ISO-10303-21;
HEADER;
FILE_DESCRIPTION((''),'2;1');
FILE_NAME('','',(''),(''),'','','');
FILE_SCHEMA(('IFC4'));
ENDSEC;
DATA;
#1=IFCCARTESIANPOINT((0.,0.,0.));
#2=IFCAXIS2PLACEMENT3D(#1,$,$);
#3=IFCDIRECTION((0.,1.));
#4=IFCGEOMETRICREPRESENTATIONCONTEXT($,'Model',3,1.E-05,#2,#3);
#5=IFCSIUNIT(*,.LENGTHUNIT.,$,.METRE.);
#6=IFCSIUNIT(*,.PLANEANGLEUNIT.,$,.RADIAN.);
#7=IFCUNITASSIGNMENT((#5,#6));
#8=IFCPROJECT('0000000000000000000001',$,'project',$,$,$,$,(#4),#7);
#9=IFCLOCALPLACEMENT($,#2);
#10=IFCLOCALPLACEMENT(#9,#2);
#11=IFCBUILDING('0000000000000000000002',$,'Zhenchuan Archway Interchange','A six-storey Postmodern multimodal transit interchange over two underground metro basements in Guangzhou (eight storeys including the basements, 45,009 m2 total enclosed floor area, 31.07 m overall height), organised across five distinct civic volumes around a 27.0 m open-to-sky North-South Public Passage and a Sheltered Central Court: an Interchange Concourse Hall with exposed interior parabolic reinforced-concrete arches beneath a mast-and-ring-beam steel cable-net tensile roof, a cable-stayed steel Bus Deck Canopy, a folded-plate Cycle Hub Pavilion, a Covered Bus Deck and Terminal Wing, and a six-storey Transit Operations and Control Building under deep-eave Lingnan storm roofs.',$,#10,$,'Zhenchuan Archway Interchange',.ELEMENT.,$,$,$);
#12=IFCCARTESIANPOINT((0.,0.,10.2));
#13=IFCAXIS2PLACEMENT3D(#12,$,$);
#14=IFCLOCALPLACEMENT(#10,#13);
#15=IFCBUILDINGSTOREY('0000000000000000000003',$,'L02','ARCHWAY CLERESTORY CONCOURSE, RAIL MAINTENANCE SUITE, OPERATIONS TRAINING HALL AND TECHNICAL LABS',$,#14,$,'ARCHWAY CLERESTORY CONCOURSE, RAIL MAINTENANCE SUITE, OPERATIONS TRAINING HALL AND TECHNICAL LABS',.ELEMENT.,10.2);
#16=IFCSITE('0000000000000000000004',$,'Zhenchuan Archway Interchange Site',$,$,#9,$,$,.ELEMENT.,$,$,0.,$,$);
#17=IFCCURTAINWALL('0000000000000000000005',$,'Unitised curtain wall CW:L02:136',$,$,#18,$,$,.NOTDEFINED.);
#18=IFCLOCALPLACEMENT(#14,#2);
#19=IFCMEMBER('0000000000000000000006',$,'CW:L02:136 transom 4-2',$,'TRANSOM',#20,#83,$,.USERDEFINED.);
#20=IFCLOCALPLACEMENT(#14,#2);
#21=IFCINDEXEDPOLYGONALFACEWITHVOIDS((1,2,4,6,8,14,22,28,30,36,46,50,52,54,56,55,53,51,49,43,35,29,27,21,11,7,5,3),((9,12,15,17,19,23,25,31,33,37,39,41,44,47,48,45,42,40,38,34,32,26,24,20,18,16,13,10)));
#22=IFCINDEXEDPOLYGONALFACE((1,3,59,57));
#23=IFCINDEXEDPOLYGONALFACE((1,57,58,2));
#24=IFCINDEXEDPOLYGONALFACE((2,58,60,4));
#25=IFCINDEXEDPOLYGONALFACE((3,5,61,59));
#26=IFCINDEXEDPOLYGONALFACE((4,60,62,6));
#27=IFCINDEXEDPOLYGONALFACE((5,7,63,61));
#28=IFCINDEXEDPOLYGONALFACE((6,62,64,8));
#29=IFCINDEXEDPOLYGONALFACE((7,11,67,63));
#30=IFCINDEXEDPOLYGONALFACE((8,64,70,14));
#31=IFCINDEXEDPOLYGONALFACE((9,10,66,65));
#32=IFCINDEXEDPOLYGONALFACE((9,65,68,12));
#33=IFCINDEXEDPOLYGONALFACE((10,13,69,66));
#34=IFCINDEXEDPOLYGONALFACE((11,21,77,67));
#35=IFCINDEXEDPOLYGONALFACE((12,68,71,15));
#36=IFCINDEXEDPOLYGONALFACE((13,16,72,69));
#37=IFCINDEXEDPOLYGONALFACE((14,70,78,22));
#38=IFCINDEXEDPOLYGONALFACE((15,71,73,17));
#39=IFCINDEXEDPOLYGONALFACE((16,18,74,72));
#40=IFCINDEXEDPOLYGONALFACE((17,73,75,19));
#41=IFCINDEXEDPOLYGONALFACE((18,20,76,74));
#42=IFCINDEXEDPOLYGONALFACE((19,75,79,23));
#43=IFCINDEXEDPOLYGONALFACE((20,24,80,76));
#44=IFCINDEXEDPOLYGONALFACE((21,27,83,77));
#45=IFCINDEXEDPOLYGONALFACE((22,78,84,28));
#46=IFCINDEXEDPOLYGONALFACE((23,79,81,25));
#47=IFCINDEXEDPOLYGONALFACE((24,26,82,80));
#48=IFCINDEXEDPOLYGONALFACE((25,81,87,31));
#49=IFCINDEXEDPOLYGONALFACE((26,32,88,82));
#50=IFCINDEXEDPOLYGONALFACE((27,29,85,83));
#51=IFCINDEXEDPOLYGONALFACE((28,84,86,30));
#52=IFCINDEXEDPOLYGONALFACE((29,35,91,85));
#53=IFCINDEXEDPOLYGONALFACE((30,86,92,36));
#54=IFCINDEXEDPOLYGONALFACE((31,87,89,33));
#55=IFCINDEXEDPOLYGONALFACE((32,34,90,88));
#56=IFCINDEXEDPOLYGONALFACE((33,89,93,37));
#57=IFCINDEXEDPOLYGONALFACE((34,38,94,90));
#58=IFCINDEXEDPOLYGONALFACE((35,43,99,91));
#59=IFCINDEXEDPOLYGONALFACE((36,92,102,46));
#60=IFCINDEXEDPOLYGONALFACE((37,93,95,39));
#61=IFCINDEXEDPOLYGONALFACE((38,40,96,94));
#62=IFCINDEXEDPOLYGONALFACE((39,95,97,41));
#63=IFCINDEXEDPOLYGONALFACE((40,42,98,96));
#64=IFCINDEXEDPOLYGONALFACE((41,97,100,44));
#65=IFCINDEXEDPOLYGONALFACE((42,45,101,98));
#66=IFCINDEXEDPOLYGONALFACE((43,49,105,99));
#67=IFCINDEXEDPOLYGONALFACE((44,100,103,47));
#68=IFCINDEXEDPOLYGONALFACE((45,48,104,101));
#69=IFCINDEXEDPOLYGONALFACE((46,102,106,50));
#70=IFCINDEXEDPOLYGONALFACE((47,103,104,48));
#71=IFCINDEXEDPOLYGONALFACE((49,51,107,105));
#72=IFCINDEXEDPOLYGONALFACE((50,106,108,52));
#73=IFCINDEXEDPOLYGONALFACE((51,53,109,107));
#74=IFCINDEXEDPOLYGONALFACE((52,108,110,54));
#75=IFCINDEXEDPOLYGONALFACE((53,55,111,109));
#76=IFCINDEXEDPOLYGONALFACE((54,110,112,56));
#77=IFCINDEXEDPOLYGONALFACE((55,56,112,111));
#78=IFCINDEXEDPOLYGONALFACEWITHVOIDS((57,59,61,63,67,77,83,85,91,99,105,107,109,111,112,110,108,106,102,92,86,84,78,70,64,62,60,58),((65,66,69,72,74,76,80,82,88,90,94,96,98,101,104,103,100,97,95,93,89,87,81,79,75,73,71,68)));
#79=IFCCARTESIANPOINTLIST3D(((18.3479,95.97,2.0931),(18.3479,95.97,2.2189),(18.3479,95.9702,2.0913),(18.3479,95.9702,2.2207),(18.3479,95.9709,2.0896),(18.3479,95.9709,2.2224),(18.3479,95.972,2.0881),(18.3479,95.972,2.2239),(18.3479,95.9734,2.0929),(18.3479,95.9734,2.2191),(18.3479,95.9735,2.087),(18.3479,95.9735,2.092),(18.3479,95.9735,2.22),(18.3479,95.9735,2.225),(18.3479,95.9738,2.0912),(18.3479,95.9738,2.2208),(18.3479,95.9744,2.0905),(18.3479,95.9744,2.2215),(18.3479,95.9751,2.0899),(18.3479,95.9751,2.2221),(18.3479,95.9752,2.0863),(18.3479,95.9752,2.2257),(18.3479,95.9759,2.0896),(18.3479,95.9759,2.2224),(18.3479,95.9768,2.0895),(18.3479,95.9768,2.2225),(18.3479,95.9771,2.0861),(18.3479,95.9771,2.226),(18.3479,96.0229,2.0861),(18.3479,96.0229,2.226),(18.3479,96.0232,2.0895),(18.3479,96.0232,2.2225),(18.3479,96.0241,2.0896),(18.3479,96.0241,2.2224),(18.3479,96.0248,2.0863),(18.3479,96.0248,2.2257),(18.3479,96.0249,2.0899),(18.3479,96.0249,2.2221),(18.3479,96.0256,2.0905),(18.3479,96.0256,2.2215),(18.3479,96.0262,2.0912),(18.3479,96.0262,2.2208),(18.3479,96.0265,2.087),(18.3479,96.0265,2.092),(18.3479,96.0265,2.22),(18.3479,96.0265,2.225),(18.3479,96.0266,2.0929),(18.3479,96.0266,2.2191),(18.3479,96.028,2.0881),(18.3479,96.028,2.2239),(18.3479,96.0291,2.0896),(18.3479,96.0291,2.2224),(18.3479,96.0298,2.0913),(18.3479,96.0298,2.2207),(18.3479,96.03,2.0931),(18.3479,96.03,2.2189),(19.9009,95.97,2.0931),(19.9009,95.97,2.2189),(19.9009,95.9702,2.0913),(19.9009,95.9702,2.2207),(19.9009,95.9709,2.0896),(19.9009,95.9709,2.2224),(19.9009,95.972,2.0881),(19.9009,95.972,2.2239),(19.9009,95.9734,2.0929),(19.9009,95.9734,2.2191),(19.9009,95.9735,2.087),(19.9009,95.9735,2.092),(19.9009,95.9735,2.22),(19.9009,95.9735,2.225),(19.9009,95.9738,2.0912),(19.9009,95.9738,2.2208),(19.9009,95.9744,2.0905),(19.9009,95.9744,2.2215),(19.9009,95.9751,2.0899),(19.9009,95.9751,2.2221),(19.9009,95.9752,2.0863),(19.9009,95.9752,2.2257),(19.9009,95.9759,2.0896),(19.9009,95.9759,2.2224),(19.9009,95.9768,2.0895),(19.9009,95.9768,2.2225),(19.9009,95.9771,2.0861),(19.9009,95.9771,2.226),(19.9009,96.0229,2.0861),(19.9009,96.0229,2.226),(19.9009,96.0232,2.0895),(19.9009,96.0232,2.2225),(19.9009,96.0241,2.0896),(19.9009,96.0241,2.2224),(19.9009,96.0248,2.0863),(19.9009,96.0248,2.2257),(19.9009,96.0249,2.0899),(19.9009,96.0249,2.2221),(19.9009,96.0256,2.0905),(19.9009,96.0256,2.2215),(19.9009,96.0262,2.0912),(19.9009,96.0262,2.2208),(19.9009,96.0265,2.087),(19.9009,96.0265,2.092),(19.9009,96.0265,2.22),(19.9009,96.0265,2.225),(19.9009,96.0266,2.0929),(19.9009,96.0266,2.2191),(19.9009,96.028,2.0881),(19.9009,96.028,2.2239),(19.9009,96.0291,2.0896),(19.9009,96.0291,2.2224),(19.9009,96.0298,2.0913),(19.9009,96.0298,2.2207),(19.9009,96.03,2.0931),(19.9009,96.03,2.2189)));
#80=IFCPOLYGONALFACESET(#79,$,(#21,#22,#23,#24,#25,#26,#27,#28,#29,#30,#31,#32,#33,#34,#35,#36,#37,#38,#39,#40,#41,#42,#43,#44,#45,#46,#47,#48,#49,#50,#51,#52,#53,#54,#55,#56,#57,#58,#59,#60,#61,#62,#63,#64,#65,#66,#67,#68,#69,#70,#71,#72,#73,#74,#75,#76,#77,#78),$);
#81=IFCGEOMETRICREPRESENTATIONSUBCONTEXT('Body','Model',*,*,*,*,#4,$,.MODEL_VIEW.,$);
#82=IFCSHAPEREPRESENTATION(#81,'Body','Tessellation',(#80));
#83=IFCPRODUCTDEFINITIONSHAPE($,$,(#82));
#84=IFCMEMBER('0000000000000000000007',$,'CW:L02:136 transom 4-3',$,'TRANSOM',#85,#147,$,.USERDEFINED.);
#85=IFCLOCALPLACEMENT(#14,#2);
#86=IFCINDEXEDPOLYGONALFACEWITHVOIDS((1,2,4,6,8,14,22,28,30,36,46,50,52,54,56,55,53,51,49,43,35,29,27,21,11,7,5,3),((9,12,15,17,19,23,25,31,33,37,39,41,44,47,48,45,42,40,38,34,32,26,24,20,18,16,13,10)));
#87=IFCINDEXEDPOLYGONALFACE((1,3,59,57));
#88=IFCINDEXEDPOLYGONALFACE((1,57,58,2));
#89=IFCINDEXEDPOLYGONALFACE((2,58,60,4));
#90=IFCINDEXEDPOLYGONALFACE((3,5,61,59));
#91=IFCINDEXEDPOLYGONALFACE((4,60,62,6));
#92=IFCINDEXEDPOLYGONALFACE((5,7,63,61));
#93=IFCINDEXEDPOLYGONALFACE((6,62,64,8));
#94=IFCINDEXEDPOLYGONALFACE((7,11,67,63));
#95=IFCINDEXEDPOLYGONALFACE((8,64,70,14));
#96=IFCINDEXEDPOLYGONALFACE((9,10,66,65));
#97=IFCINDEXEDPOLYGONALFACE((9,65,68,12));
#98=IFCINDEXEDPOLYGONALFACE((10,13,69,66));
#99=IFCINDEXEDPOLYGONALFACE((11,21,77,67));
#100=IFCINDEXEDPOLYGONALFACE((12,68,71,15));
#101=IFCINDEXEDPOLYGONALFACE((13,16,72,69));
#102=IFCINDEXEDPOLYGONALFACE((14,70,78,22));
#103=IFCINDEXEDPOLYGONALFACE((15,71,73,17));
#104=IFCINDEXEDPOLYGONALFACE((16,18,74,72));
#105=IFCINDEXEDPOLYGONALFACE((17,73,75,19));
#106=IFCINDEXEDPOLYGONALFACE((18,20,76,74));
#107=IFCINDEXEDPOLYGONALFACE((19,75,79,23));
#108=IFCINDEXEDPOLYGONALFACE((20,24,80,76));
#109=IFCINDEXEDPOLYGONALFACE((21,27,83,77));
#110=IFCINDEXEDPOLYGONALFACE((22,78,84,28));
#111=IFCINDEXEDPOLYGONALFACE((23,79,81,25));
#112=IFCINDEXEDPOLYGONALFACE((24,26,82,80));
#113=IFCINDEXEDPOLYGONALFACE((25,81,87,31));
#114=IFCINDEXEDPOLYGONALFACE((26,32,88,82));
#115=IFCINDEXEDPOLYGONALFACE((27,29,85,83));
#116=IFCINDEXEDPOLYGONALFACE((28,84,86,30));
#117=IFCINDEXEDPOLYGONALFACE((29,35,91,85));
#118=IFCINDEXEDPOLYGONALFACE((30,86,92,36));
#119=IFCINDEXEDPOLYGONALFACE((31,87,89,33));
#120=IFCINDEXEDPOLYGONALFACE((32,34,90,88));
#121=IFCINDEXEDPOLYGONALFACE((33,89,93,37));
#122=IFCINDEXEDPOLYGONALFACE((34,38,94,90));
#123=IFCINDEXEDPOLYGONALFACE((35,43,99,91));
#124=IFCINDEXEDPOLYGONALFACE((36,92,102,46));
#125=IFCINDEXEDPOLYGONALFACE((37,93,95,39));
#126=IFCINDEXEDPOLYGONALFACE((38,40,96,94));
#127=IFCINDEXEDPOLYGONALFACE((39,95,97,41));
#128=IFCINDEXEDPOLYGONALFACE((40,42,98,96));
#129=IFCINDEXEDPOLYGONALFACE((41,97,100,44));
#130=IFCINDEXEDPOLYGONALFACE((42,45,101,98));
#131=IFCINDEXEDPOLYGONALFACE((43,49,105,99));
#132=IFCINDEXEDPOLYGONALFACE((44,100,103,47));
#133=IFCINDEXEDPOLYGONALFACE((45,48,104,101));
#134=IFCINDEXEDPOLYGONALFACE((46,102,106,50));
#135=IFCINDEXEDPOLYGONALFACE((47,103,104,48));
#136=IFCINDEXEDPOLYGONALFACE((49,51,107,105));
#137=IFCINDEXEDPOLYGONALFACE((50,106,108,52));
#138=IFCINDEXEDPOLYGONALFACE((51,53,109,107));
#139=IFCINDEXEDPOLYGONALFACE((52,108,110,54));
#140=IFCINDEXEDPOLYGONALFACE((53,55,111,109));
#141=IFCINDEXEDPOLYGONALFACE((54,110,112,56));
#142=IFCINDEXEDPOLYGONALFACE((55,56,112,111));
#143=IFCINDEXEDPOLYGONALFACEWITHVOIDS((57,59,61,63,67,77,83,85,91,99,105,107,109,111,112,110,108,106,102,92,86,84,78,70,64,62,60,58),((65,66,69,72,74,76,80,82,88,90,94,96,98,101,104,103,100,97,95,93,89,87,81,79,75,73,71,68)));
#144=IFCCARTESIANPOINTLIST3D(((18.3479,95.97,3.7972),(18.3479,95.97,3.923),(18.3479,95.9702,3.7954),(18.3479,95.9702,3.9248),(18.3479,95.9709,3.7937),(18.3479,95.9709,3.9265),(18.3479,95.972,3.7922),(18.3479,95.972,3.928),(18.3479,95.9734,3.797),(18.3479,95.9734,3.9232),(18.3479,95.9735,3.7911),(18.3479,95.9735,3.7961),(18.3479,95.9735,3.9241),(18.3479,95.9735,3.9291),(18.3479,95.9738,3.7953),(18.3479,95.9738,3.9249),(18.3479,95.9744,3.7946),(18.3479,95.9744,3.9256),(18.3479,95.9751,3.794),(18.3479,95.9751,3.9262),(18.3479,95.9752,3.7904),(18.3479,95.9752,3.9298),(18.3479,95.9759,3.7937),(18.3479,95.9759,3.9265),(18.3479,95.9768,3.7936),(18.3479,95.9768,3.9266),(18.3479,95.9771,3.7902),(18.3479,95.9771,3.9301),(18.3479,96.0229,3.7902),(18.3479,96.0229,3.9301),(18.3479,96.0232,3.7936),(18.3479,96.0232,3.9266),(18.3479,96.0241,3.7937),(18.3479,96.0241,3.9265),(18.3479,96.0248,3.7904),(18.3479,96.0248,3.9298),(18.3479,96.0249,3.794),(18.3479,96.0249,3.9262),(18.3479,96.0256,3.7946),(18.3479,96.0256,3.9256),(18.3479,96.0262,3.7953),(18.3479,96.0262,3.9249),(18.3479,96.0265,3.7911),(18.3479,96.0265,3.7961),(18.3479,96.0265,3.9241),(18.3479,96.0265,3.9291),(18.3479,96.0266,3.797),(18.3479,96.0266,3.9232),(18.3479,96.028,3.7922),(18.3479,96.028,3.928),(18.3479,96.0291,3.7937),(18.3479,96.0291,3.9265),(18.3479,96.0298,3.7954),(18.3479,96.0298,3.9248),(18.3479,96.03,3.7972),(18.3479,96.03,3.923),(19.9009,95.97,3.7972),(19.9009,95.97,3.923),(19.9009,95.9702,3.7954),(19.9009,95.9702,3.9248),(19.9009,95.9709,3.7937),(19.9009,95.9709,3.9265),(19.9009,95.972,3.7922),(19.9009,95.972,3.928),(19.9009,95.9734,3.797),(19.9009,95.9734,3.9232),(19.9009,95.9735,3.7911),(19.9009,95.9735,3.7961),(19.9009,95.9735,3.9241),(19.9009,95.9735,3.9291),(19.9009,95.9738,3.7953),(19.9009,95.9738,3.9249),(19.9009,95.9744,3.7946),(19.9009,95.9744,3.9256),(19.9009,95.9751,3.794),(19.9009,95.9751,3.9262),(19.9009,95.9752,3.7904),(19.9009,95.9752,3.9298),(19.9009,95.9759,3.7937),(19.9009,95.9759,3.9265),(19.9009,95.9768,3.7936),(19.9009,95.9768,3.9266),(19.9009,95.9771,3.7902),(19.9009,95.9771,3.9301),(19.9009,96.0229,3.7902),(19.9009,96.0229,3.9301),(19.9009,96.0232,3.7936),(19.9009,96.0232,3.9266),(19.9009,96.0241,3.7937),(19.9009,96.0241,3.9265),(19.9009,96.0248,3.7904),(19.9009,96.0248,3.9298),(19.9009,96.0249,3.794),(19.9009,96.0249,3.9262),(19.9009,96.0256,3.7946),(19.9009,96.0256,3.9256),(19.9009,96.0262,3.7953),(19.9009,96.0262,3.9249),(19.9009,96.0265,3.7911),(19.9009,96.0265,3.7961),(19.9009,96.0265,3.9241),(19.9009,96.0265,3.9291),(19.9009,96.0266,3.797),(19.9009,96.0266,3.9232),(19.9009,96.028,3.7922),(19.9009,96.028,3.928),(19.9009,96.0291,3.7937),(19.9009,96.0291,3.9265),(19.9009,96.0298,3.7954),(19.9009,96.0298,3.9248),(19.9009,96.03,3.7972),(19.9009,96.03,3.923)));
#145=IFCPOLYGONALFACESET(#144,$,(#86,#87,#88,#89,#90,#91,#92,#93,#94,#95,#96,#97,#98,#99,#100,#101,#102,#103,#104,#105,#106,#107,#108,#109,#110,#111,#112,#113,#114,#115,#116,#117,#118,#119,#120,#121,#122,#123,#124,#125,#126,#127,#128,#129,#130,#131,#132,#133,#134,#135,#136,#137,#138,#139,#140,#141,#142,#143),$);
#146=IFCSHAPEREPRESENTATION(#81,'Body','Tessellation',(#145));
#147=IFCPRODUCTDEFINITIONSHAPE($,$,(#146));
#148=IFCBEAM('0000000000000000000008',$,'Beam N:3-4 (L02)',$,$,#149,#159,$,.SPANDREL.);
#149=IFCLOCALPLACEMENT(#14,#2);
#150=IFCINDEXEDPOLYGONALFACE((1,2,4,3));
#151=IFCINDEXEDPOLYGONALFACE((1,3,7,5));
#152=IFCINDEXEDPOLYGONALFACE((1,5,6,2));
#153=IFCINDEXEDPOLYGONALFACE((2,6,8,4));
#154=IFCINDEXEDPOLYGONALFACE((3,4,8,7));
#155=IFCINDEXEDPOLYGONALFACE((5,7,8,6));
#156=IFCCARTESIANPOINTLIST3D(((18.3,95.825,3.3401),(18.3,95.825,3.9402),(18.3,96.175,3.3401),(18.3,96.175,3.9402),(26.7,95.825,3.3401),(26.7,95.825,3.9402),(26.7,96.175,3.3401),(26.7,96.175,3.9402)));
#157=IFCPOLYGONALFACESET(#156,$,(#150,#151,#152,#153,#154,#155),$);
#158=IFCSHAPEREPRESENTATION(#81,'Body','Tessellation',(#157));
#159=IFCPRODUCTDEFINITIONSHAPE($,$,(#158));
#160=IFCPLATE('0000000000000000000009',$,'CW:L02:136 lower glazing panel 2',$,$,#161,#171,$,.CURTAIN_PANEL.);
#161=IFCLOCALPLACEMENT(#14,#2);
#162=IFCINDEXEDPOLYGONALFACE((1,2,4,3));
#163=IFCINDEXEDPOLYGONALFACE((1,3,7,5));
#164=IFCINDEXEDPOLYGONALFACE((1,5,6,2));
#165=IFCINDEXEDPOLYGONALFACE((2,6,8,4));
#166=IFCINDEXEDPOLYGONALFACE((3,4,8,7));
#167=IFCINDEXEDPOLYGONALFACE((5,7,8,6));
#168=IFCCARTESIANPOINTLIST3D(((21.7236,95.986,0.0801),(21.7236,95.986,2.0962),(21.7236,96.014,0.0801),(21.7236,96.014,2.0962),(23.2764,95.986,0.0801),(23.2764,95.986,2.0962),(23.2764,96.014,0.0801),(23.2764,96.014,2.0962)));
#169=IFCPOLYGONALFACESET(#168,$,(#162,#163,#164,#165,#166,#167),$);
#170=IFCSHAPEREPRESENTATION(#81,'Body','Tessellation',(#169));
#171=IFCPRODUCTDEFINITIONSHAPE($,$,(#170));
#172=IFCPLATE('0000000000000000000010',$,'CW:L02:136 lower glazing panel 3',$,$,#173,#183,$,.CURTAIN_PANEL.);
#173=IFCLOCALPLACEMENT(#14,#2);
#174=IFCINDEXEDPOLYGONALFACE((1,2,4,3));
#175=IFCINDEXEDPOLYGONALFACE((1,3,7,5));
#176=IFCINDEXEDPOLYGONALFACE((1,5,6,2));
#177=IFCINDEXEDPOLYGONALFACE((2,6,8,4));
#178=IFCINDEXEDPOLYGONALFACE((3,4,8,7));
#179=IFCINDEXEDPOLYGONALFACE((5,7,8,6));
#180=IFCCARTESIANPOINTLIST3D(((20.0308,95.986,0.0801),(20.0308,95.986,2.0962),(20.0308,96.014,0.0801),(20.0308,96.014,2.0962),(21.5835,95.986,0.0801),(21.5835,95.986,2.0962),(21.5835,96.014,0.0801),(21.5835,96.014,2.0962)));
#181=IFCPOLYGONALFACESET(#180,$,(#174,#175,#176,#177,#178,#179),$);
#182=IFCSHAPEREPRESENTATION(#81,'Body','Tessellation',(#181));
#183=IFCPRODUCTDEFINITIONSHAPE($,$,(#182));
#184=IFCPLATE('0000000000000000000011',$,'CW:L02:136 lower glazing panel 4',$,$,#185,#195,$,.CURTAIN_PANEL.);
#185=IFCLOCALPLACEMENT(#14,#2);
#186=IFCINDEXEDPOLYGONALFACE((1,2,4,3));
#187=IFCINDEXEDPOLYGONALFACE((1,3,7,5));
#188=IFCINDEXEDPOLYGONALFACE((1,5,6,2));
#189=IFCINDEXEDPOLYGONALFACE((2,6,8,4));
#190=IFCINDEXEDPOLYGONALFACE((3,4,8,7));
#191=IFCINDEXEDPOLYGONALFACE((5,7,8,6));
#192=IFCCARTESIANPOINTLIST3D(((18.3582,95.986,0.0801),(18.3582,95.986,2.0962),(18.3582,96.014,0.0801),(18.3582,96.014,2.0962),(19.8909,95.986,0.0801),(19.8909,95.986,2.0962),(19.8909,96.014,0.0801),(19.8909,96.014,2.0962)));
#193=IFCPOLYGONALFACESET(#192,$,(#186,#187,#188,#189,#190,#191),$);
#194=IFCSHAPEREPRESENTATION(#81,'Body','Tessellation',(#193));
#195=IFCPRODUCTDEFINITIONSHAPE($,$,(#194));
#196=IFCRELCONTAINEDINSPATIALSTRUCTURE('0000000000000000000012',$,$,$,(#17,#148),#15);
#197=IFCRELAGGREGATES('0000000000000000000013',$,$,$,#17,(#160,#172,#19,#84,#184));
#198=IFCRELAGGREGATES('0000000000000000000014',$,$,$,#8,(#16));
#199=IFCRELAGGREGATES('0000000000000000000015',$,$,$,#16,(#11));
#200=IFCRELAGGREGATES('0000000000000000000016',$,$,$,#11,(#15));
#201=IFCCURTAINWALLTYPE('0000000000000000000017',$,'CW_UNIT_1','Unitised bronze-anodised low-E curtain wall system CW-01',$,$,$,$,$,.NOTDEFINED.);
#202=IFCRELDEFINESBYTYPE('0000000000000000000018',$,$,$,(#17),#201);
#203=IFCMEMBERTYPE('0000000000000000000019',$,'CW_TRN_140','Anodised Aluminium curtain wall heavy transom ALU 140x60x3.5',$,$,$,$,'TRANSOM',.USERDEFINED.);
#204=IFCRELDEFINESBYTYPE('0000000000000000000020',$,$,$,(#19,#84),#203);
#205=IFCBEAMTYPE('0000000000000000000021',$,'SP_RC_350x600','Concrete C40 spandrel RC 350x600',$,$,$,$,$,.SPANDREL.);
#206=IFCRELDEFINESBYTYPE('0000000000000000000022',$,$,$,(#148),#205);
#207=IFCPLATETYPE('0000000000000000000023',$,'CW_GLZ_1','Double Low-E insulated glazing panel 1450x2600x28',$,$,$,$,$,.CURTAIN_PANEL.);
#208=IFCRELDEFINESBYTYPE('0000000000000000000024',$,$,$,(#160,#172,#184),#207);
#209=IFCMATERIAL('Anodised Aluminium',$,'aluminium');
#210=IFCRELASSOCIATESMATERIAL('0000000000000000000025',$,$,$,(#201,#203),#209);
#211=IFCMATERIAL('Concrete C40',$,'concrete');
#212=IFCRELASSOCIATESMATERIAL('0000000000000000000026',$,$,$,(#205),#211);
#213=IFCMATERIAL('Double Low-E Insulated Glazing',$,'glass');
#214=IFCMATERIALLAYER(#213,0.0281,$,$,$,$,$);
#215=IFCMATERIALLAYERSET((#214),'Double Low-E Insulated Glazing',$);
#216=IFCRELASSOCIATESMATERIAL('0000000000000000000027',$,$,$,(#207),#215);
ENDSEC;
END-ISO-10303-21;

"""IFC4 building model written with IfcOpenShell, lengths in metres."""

from ifc_helpers import new_model, si_unit, direction, frame, origin, origin_2d, place, context, subcontext, project, spatial, rectangle, hollow_rectangle, extrude, material, layer, layer_set, material_profile, profile_set, type_object, element, aggregate, save


model = new_model("IFC4")

# Units and contexts
model_context = context("Model", 3, precision=1e-05, world=origin(), true_north=direction((0.0, 1.0)))
body_context = subcontext(model_context, "Body", "Model", "MODEL_VIEW")
ifc_project = project(units=[si_unit("LENGTHUNIT", "METRE"), si_unit("PLANEANGLEUNIT", "RADIAN")], contexts=[model_context])

# Site, building, storey
site_placement = place(None, origin())
site = spatial("IfcSite", under=ifc_project, at=site_placement, Name="Zhenchuan Archway Interchange Site", CompositionType="ELEMENT", RefElevation=0.0)
building_placement = place(site_placement, origin())
building = spatial("IfcBuilding", under=site, at=building_placement, Name="Zhenchuan Archway Interchange", Description="A six-storey Postmodern multimodal transit interchange over two underground metro basements in Guangzhou (eight storeys including the basements, 45,009 m2 total enclosed floor area, 31.07 m overall height), organised across five distinct civic volumes around a 27.0 m open-to-sky North-South Public Passage and a Sheltered Central Court: an Interchange Concourse Hall with exposed interior parabolic reinforced-concrete arches beneath a mast-and-ring-beam steel cable-net tensile roof, a cable-stayed steel Bus Deck Canopy, a folded-plate Cycle Hub Pavilion, a Covered Bus Deck and Terminal Wing, and a six-storey Transit Operations and Control Building under deep-eave Lingnan storm roofs.", LongName="Zhenchuan Archway Interchange", CompositionType="ELEMENT")
storey_placement = place(building_placement, frame((0.0, 0.0, 10.2)))
storey = spatial("IfcBuildingStorey", under=building, at=storey_placement, Name="L02", Description="ARCHWAY CLERESTORY CONCOURSE, RAIL MAINTENANCE SUITE, OPERATIONS TRAINING HALL AND TECHNICAL LABS", LongName="ARCHWAY CLERESTORY CONCOURSE, RAIL MAINTENANCE SUITE, OPERATIONS TRAINING HALL AND TECHNICAL LABS", CompositionType="ELEMENT", Elevation=10.2)

# Shared definitions
ifc_material_1 = material(Name="Concrete C40", Category="concrete")

# Curtain wall, members
ifc_material_2 = material(Name="Anodised Aluminium", Category="aluminium")
curtain_wall_type = type_object("IfcCurtainWallType", Name="CW_UNIT_1", Description="Unitised bronze-anodised low-E curtain wall system CW-01", PredefinedType="NOTDEFINED", material=ifc_material_2)
curtain_wall_placement = place(storey_placement, origin())
curtain_wall = element("IfcCurtainWall", 1, at=curtain_wall_placement, inside=storey, type_object=curtain_wall_type, Name="Unitised curtain wall CW:L02:136", PredefinedType="NOTDEFINED")
ifc_material_profile_1 = material_profile(ifc_material_2, hollow_rectangle(XDim=0.0601, YDim=0.1399, WallThickness=0.0034, InnerFilletRadius=0.0034, OuterFilletRadius=0.0071, at=origin_2d()), Name="ALU 140x60x3.5")
ifc_profile_set_1 = profile_set([ifc_material_profile_1], Name="Anodised Aluminium")
member_type_1 = type_object("IfcMemberType", Name="CW_TRN_140", Description="Anodised Aluminium curtain wall heavy transom ALU 140x60x3.5", ElementType="TRANSOM", PredefinedType="USERDEFINED", material=ifc_profile_set_1)
member_1_placement = place(storey_placement, frame((19.9009, 96.0, 2.156), z_axis=(-1.0, 0.0, 0.0), x_axis=(0.0, -1.0, 0.0)))
member_1 = element("IfcMember", 2, at=member_1_placement, type_object=member_type_1, Name="CW:L02:136 transom 4-2", ObjectType="TRANSOM", PredefinedType="USERDEFINED", context=body_context, shape_type="SweptSolid", body=[
    extrude(hollow_rectangle(XDim=0.0601, YDim=0.1399, WallThickness=0.0034, InnerFilletRadius=0.0034, OuterFilletRadius=0.0071, at=origin_2d()), origin(), (0.0, 0.0, 1.0), 1.553),
])
member_2_placement = place(storey_placement, frame((19.9009, 96.0, 3.8601), z_axis=(-1.0, 0.0, 0.0), x_axis=(0.0, -1.0, 0.0)))
member_2 = element("IfcMember", 3, at=member_2_placement, type_object=member_type_1, Name="CW:L02:136 transom 4-3", ObjectType="TRANSOM", PredefinedType="USERDEFINED", context=body_context, shape_type="SweptSolid", body=[
    extrude(hollow_rectangle(XDim=0.0601, YDim=0.1399, WallThickness=0.0034, InnerFilletRadius=0.0034, OuterFilletRadius=0.0071, at=origin_2d()), origin(), (0.0, 0.0, 1.0), 1.553),
])

# Beam
ifc_material_profile_2 = material_profile(ifc_material_1, rectangle(XDim=0.3501, YDim=0.6001, at=origin_2d()), Name="RC 350x600")
ifc_profile_set_2 = profile_set([ifc_material_profile_2], Name="Concrete C40")
beam_type_1 = type_object("IfcBeamType", Name="SP_RC_350x600", Description="Concrete C40 spandrel RC 350x600", PredefinedType="SPANDREL", material=ifc_profile_set_2)
beam_1_placement = place(storey_placement, frame((18.3, 96.0, 3.6401), z_axis=(1.0, 0.0, 0.0), x_axis=(0.0, 1.0, 0.0)))
element("IfcBeam", 4, at=beam_1_placement, inside=storey, type_object=beam_type_1, Name="Beam N:3-4 (L02)", PredefinedType="SPANDREL", context=body_context, shape_type="SweptSolid", body=[
    extrude(rectangle(XDim=0.3501, YDim=0.6001, at=origin_2d()), origin(), (0.0, 0.0, 1.0), 8.3999),
])

# Plates
ifc_material_3 = material(Name="Double Low-E Insulated Glazing", Category="glass")
ifc_layer_1 = layer(ifc_material_3, 0.0281)
ifc_layer_set_1 = layer_set([ifc_layer_1], Name="Double Low-E Insulated Glazing")
plate_type_1 = type_object("IfcPlateType", Name="CW_GLZ_1", Description="Double Low-E insulated glazing panel 1450x2600x28", PredefinedType="CURTAIN_PANEL", material=ifc_layer_set_1)
plate_1_placement = place(storey_placement, frame((22.5, 96.0, 0.0801), z_axis=(0.0, 0.0, 1.0), x_axis=(-1.0, 0.0, 0.0)))
plate_1 = element("IfcPlate", 5, at=plate_1_placement, type_object=plate_type_1, Name="CW:L02:136 lower glazing panel 2", PredefinedType="CURTAIN_PANEL", context=body_context, shape_type="SweptSolid", body=[
    extrude(rectangle(XDim=1.5527, YDim=0.0281, at=origin_2d()), origin(), (0.0, 0.0, 1.0), 2.0161),
])
plate_2_placement = place(storey_placement, frame((20.8071, 96.0, 0.0801), z_axis=(0.0, 0.0, 1.0), x_axis=(-1.0, 0.0, 0.0)))
plate_2 = element("IfcPlate", 6, at=plate_2_placement, type_object=plate_type_1, Name="CW:L02:136 lower glazing panel 3", PredefinedType="CURTAIN_PANEL", context=body_context, shape_type="SweptSolid", body=[
    extrude(rectangle(XDim=1.5527, YDim=0.0281, at=origin_2d()), origin(), (0.0, 0.0, 1.0), 2.0161),
])
plate_3_placement = place(storey_placement, frame((19.1245, 96.0, 0.0801), z_axis=(0.0, 0.0, 1.0), x_axis=(-1.0, 0.0, 0.0)))
plate_3 = element("IfcPlate", 7, at=plate_3_placement, type_object=plate_type_1, Name="CW:L02:136 lower glazing panel 4", PredefinedType="CURTAIN_PANEL", context=body_context, shape_type="SweptSolid", body=[
    extrude(rectangle(XDim=1.5327, YDim=0.0281, at=origin_2d()), origin(), (0.0, 0.0, 1.0), 2.0161),
])
aggregate(curtain_wall, [plate_1, plate_2, member_1, member_2, plate_3])

save(model, "model.ifc")
